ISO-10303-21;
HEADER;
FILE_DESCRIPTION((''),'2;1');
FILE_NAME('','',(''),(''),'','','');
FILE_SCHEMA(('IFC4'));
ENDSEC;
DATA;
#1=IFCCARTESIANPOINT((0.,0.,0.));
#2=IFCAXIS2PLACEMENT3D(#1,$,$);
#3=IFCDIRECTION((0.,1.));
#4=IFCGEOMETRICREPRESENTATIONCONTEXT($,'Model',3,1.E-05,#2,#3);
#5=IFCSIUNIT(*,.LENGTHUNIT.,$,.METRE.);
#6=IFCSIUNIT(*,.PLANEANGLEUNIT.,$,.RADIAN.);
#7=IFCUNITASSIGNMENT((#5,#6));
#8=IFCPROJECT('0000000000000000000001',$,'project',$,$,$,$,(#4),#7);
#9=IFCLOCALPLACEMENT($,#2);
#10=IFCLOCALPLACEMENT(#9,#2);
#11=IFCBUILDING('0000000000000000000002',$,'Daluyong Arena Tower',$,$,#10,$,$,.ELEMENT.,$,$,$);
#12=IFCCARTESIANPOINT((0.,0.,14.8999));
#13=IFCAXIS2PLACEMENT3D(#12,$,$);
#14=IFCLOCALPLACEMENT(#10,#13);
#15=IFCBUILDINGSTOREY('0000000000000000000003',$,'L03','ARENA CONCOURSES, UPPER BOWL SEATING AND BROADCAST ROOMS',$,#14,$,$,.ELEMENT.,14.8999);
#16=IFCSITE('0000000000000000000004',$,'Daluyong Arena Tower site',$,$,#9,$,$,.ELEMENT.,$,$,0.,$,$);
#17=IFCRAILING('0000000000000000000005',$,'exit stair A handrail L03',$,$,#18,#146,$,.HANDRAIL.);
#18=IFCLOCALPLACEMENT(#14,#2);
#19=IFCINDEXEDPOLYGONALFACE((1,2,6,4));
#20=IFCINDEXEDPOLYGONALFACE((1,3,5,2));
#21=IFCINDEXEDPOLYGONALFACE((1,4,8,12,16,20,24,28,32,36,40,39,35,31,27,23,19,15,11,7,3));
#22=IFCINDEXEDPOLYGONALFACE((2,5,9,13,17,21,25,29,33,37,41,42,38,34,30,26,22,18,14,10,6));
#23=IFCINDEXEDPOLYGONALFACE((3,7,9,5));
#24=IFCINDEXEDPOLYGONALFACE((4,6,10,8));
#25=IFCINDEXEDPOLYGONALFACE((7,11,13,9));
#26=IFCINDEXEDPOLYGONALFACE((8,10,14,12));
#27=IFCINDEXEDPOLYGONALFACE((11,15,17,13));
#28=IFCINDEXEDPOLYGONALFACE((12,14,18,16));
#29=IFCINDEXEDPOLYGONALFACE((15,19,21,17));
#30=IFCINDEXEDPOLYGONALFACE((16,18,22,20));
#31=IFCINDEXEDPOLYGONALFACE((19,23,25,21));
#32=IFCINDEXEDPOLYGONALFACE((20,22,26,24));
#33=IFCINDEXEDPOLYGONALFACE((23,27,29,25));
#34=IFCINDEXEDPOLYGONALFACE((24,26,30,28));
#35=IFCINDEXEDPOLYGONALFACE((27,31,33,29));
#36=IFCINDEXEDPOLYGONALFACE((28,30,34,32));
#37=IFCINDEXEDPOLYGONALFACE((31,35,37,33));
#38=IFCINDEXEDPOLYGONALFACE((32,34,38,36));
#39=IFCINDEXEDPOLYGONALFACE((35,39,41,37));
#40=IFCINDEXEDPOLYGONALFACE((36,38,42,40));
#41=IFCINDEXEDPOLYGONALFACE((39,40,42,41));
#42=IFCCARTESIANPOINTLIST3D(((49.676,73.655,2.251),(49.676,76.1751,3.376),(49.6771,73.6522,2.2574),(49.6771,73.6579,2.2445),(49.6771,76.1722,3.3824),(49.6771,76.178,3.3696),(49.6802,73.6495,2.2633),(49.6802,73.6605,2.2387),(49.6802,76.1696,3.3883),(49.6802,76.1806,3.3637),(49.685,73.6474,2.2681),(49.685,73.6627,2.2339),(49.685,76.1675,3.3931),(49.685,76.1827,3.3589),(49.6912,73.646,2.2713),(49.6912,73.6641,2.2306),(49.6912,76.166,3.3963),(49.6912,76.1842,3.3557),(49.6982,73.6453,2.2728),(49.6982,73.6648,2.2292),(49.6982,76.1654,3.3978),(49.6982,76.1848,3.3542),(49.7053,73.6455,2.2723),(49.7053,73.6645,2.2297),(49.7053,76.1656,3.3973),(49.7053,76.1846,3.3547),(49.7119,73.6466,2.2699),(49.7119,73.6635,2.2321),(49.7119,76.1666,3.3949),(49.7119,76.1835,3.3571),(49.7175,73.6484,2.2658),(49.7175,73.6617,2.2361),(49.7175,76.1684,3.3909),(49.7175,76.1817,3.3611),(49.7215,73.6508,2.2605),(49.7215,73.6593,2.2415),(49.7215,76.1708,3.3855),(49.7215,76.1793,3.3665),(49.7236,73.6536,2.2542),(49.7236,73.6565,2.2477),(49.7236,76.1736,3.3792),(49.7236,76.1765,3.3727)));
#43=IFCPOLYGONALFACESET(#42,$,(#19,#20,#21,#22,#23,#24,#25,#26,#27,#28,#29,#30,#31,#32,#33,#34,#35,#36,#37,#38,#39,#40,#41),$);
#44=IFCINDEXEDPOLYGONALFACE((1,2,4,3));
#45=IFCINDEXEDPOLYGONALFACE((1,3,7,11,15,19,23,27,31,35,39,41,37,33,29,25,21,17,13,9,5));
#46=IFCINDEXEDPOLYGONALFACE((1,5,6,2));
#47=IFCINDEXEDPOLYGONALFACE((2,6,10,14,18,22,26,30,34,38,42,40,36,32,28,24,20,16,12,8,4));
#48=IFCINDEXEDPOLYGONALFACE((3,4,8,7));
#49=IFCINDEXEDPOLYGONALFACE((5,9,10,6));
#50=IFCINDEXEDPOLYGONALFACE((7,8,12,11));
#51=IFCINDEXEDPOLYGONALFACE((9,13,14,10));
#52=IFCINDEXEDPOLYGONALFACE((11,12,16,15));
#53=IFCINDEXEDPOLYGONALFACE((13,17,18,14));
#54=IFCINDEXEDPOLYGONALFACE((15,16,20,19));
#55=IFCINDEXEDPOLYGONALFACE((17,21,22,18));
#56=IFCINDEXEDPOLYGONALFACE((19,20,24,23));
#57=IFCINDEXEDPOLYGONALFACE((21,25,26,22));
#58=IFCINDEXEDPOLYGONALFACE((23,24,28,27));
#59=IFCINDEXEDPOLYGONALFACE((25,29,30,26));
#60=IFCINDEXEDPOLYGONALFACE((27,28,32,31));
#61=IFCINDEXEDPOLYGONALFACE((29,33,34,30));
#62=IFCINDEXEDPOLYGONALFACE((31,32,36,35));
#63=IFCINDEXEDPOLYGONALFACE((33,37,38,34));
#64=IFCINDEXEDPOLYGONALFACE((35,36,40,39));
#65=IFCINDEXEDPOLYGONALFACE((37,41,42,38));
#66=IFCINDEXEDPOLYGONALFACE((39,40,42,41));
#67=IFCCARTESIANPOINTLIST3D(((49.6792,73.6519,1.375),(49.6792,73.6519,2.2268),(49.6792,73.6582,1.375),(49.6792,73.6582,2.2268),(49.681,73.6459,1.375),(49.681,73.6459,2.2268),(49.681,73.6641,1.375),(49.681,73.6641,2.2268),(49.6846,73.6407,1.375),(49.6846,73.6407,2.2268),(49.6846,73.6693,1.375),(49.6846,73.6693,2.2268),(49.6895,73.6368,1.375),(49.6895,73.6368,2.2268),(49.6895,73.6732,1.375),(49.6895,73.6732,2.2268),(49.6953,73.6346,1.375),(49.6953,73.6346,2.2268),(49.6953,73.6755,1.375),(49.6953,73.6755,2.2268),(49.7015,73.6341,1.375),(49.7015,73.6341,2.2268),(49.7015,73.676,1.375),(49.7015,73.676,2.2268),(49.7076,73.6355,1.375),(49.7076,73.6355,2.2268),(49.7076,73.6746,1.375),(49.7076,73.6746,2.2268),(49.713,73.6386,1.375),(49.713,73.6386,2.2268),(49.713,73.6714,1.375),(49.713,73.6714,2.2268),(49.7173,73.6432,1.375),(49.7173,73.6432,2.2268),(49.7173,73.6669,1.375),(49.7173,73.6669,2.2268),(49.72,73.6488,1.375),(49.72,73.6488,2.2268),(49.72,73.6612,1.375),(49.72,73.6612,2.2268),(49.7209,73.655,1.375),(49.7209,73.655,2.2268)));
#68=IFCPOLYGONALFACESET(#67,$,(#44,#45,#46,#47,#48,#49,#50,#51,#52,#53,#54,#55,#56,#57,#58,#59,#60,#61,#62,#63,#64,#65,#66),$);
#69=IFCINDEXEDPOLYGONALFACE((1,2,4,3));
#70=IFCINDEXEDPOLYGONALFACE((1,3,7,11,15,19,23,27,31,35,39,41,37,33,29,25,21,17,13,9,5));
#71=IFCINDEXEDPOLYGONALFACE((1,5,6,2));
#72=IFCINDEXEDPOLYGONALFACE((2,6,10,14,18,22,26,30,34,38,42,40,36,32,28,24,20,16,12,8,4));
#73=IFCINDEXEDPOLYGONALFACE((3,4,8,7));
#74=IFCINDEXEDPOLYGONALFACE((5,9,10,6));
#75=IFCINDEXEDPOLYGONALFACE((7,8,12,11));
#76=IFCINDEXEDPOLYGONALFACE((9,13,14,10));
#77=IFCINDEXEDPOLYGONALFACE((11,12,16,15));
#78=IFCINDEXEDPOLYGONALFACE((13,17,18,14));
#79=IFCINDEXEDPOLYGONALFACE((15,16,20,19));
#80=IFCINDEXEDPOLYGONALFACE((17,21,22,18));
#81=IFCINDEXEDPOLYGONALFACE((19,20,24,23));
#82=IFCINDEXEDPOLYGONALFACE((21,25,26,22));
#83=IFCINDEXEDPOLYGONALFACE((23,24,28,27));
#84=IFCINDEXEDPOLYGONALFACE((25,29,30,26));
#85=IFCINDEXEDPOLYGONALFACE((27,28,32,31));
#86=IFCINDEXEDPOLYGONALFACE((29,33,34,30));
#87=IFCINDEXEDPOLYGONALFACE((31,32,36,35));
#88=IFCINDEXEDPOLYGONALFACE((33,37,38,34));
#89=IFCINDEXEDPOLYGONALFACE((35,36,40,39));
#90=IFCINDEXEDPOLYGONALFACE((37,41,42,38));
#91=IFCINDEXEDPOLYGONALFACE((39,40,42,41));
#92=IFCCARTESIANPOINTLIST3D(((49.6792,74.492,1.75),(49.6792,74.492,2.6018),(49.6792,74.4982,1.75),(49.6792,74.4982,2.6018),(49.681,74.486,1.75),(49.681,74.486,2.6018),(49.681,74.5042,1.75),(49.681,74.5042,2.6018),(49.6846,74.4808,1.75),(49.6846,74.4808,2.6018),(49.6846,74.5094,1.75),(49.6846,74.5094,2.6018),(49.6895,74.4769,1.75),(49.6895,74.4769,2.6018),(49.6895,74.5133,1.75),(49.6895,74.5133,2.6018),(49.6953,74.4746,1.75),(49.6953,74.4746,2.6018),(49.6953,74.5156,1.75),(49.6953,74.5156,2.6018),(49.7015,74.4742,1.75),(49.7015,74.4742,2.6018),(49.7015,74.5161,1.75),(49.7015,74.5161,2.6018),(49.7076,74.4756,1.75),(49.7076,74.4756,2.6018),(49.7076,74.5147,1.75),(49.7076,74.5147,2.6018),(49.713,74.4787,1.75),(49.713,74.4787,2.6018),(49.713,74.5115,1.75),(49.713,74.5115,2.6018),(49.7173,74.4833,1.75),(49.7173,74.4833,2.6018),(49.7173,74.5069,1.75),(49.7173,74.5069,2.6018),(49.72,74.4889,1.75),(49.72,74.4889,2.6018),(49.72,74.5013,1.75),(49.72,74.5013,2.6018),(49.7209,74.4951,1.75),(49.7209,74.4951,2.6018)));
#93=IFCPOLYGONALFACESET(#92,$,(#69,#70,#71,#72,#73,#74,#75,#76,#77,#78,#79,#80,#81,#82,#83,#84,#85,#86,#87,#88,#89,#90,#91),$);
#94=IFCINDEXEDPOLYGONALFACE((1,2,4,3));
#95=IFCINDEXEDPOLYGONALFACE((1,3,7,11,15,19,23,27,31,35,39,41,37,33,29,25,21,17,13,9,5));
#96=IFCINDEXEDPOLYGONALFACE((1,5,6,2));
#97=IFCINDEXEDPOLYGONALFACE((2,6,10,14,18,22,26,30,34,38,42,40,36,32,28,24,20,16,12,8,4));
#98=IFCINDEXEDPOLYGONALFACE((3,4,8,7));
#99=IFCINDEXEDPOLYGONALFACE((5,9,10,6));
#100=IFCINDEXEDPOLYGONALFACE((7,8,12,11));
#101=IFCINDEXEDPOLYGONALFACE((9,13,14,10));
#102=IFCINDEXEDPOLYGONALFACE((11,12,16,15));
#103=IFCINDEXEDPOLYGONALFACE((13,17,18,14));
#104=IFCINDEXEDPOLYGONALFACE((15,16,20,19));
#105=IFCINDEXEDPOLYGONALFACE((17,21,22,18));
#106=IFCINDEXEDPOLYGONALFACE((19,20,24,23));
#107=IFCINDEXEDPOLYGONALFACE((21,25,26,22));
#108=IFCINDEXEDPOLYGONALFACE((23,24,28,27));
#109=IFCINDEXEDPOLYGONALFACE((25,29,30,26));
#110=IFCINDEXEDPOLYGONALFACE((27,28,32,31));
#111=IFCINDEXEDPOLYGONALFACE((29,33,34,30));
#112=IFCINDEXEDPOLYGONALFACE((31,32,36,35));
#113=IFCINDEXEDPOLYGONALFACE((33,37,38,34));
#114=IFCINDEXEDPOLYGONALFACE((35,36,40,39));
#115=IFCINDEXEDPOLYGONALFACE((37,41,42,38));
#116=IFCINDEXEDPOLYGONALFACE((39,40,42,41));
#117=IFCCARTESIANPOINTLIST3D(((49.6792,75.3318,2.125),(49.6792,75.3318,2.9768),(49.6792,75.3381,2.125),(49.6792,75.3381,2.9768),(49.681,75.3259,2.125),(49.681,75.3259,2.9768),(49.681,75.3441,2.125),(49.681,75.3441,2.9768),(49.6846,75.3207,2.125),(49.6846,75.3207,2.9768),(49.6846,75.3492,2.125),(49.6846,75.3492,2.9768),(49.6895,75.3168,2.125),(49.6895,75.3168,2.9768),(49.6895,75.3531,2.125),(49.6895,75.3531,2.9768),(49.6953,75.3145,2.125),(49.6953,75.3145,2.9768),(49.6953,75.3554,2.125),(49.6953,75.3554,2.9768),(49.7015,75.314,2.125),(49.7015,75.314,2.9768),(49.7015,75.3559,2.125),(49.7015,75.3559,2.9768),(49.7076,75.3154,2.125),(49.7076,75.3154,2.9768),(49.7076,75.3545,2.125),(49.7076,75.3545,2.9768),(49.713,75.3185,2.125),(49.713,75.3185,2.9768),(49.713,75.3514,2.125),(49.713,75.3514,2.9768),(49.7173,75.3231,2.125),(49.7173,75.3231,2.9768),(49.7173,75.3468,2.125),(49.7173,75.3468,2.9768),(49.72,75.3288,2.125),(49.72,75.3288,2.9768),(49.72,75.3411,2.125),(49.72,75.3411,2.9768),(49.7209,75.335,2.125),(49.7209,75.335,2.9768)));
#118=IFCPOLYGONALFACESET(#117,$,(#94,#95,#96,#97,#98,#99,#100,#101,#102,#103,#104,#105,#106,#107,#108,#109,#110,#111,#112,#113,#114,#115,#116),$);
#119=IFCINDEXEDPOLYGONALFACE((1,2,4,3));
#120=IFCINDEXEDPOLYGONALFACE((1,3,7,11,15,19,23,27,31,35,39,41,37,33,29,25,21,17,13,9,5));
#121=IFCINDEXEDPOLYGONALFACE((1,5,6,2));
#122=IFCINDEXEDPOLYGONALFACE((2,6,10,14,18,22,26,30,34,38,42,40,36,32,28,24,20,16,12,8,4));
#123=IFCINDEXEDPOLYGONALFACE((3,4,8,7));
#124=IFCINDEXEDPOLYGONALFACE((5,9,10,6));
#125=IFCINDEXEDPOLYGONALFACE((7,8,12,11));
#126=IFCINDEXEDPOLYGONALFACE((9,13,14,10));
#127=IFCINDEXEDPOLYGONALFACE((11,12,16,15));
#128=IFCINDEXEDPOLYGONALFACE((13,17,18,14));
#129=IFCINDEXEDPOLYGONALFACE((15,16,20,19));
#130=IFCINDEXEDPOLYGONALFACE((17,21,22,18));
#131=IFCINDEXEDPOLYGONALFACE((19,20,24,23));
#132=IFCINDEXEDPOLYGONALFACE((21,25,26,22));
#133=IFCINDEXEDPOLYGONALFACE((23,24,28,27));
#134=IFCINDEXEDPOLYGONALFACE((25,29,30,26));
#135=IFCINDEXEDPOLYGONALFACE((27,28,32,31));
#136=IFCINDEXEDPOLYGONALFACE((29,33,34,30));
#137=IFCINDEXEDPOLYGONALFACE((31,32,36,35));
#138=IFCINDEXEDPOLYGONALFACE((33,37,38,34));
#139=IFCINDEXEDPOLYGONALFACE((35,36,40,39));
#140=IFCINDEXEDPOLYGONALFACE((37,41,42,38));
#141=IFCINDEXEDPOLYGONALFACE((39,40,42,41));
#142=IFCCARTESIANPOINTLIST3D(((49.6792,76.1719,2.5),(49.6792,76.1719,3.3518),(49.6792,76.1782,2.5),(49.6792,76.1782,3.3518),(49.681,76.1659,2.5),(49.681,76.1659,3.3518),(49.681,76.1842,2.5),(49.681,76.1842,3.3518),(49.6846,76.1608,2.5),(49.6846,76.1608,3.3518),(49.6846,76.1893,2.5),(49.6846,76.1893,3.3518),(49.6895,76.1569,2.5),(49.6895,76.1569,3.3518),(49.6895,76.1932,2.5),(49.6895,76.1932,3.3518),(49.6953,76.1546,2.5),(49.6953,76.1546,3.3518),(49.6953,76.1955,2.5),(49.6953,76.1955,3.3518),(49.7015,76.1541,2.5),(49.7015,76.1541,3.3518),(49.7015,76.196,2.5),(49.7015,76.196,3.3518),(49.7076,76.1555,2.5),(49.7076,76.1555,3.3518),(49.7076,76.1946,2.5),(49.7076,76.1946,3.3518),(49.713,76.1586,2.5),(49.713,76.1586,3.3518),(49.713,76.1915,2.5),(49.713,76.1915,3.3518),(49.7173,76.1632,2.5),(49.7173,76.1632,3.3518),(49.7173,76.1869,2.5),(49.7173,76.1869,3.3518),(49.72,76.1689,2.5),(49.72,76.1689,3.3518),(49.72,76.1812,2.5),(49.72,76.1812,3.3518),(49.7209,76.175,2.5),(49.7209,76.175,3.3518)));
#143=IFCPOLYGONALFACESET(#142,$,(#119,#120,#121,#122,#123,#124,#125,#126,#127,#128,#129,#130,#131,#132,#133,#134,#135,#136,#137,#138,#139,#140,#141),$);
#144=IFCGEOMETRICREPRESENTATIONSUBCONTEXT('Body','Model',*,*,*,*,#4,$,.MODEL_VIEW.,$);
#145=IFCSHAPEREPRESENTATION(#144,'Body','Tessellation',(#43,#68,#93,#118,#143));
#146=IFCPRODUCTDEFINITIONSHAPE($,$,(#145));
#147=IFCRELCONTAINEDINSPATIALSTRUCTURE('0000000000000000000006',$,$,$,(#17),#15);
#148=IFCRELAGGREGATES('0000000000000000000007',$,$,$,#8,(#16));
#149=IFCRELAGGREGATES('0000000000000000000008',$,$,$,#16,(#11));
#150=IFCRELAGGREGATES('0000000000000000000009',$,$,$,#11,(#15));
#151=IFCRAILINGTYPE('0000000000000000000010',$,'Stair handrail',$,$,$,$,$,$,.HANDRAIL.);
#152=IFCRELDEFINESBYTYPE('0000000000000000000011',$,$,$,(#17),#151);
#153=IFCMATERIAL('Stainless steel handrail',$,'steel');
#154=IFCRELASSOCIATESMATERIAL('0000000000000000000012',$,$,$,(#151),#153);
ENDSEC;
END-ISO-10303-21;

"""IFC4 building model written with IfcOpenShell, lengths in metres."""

from ifc_helpers import new_model, si_unit, direction, frame, origin, origin_2d, place, context, subcontext, project, spatial, circle, extrude, material, type_object, element, save


model = new_model("IFC4")

# Units and contexts
model_context = context("Model", 3, precision=1e-05, world=origin(), true_north=direction((0.0, 1.0)))
body_context = subcontext(model_context, "Body", "Model", "MODEL_VIEW")
ifc_project = project(units=[si_unit("LENGTHUNIT", "METRE"), si_unit("PLANEANGLEUNIT", "RADIAN")], contexts=[model_context])

# Site, building, storey
site_placement = place(None, origin())
site = spatial("IfcSite", under=ifc_project, at=site_placement, Name="Daluyong Arena Tower site", CompositionType="ELEMENT", RefElevation=0.0)
building_placement = place(site_placement, origin())
building = spatial("IfcBuilding", under=site, at=building_placement, Name="Daluyong Arena Tower", CompositionType="ELEMENT")
storey_placement = place(building_placement, frame((0.0, 0.0, 14.8999)))
storey = spatial("IfcBuildingStorey", under=building, at=storey_placement, Name="L03", Description="ARENA CONCOURSES, UPPER BOWL SEATING AND BROADCAST ROOMS", CompositionType="ELEMENT", Elevation=14.8999)

# Railing
ifc_material_1 = material(Name="Stainless steel handrail", Category="steel")
railing_type_1 = type_object("IfcRailingType", Name="Stair handrail", PredefinedType="HANDRAIL", material=ifc_material_1)
for number, where, name in (
    (1, (49.7, 73.655, 1.375), "exit stair A handrail L03"),
):
    element("IfcRailing", number, at=place(storey_placement, frame(where)), inside=storey, type_object=railing_type_1, Name=name, PredefinedType="HANDRAIL", context=body_context, shape_type="SweptSolid", body=[
        extrude(circle(Radius=0.0239, at=origin_2d()), frame((0.0, 0.0, 0.876), z_axis=(0.0, 0.913139, 0.407648), x_axis=(-1.0, 0.0, 0.0)), (0.0, 0.0, 1.0), 2.7598),
        extrude(circle(Radius=0.021, at=origin_2d()), origin(), (0.0, 0.0, 1.0), 0.8518),
        extrude(circle(Radius=0.021, at=origin_2d()), frame((0.0, 0.8401, 0.375)), (0.0, 0.0, 1.0), 0.8518),
        extrude(circle(Radius=0.021, at=origin_2d()), frame((0.0, 1.6799, 0.75)), (0.0, 0.0, 1.0), 0.8518),
        extrude(circle(Radius=0.021, at=origin_2d()), frame((0.0, 2.52, 1.125)), (0.0, 0.0, 1.0), 0.8518),
    ])

save(model, "model.ifc")
